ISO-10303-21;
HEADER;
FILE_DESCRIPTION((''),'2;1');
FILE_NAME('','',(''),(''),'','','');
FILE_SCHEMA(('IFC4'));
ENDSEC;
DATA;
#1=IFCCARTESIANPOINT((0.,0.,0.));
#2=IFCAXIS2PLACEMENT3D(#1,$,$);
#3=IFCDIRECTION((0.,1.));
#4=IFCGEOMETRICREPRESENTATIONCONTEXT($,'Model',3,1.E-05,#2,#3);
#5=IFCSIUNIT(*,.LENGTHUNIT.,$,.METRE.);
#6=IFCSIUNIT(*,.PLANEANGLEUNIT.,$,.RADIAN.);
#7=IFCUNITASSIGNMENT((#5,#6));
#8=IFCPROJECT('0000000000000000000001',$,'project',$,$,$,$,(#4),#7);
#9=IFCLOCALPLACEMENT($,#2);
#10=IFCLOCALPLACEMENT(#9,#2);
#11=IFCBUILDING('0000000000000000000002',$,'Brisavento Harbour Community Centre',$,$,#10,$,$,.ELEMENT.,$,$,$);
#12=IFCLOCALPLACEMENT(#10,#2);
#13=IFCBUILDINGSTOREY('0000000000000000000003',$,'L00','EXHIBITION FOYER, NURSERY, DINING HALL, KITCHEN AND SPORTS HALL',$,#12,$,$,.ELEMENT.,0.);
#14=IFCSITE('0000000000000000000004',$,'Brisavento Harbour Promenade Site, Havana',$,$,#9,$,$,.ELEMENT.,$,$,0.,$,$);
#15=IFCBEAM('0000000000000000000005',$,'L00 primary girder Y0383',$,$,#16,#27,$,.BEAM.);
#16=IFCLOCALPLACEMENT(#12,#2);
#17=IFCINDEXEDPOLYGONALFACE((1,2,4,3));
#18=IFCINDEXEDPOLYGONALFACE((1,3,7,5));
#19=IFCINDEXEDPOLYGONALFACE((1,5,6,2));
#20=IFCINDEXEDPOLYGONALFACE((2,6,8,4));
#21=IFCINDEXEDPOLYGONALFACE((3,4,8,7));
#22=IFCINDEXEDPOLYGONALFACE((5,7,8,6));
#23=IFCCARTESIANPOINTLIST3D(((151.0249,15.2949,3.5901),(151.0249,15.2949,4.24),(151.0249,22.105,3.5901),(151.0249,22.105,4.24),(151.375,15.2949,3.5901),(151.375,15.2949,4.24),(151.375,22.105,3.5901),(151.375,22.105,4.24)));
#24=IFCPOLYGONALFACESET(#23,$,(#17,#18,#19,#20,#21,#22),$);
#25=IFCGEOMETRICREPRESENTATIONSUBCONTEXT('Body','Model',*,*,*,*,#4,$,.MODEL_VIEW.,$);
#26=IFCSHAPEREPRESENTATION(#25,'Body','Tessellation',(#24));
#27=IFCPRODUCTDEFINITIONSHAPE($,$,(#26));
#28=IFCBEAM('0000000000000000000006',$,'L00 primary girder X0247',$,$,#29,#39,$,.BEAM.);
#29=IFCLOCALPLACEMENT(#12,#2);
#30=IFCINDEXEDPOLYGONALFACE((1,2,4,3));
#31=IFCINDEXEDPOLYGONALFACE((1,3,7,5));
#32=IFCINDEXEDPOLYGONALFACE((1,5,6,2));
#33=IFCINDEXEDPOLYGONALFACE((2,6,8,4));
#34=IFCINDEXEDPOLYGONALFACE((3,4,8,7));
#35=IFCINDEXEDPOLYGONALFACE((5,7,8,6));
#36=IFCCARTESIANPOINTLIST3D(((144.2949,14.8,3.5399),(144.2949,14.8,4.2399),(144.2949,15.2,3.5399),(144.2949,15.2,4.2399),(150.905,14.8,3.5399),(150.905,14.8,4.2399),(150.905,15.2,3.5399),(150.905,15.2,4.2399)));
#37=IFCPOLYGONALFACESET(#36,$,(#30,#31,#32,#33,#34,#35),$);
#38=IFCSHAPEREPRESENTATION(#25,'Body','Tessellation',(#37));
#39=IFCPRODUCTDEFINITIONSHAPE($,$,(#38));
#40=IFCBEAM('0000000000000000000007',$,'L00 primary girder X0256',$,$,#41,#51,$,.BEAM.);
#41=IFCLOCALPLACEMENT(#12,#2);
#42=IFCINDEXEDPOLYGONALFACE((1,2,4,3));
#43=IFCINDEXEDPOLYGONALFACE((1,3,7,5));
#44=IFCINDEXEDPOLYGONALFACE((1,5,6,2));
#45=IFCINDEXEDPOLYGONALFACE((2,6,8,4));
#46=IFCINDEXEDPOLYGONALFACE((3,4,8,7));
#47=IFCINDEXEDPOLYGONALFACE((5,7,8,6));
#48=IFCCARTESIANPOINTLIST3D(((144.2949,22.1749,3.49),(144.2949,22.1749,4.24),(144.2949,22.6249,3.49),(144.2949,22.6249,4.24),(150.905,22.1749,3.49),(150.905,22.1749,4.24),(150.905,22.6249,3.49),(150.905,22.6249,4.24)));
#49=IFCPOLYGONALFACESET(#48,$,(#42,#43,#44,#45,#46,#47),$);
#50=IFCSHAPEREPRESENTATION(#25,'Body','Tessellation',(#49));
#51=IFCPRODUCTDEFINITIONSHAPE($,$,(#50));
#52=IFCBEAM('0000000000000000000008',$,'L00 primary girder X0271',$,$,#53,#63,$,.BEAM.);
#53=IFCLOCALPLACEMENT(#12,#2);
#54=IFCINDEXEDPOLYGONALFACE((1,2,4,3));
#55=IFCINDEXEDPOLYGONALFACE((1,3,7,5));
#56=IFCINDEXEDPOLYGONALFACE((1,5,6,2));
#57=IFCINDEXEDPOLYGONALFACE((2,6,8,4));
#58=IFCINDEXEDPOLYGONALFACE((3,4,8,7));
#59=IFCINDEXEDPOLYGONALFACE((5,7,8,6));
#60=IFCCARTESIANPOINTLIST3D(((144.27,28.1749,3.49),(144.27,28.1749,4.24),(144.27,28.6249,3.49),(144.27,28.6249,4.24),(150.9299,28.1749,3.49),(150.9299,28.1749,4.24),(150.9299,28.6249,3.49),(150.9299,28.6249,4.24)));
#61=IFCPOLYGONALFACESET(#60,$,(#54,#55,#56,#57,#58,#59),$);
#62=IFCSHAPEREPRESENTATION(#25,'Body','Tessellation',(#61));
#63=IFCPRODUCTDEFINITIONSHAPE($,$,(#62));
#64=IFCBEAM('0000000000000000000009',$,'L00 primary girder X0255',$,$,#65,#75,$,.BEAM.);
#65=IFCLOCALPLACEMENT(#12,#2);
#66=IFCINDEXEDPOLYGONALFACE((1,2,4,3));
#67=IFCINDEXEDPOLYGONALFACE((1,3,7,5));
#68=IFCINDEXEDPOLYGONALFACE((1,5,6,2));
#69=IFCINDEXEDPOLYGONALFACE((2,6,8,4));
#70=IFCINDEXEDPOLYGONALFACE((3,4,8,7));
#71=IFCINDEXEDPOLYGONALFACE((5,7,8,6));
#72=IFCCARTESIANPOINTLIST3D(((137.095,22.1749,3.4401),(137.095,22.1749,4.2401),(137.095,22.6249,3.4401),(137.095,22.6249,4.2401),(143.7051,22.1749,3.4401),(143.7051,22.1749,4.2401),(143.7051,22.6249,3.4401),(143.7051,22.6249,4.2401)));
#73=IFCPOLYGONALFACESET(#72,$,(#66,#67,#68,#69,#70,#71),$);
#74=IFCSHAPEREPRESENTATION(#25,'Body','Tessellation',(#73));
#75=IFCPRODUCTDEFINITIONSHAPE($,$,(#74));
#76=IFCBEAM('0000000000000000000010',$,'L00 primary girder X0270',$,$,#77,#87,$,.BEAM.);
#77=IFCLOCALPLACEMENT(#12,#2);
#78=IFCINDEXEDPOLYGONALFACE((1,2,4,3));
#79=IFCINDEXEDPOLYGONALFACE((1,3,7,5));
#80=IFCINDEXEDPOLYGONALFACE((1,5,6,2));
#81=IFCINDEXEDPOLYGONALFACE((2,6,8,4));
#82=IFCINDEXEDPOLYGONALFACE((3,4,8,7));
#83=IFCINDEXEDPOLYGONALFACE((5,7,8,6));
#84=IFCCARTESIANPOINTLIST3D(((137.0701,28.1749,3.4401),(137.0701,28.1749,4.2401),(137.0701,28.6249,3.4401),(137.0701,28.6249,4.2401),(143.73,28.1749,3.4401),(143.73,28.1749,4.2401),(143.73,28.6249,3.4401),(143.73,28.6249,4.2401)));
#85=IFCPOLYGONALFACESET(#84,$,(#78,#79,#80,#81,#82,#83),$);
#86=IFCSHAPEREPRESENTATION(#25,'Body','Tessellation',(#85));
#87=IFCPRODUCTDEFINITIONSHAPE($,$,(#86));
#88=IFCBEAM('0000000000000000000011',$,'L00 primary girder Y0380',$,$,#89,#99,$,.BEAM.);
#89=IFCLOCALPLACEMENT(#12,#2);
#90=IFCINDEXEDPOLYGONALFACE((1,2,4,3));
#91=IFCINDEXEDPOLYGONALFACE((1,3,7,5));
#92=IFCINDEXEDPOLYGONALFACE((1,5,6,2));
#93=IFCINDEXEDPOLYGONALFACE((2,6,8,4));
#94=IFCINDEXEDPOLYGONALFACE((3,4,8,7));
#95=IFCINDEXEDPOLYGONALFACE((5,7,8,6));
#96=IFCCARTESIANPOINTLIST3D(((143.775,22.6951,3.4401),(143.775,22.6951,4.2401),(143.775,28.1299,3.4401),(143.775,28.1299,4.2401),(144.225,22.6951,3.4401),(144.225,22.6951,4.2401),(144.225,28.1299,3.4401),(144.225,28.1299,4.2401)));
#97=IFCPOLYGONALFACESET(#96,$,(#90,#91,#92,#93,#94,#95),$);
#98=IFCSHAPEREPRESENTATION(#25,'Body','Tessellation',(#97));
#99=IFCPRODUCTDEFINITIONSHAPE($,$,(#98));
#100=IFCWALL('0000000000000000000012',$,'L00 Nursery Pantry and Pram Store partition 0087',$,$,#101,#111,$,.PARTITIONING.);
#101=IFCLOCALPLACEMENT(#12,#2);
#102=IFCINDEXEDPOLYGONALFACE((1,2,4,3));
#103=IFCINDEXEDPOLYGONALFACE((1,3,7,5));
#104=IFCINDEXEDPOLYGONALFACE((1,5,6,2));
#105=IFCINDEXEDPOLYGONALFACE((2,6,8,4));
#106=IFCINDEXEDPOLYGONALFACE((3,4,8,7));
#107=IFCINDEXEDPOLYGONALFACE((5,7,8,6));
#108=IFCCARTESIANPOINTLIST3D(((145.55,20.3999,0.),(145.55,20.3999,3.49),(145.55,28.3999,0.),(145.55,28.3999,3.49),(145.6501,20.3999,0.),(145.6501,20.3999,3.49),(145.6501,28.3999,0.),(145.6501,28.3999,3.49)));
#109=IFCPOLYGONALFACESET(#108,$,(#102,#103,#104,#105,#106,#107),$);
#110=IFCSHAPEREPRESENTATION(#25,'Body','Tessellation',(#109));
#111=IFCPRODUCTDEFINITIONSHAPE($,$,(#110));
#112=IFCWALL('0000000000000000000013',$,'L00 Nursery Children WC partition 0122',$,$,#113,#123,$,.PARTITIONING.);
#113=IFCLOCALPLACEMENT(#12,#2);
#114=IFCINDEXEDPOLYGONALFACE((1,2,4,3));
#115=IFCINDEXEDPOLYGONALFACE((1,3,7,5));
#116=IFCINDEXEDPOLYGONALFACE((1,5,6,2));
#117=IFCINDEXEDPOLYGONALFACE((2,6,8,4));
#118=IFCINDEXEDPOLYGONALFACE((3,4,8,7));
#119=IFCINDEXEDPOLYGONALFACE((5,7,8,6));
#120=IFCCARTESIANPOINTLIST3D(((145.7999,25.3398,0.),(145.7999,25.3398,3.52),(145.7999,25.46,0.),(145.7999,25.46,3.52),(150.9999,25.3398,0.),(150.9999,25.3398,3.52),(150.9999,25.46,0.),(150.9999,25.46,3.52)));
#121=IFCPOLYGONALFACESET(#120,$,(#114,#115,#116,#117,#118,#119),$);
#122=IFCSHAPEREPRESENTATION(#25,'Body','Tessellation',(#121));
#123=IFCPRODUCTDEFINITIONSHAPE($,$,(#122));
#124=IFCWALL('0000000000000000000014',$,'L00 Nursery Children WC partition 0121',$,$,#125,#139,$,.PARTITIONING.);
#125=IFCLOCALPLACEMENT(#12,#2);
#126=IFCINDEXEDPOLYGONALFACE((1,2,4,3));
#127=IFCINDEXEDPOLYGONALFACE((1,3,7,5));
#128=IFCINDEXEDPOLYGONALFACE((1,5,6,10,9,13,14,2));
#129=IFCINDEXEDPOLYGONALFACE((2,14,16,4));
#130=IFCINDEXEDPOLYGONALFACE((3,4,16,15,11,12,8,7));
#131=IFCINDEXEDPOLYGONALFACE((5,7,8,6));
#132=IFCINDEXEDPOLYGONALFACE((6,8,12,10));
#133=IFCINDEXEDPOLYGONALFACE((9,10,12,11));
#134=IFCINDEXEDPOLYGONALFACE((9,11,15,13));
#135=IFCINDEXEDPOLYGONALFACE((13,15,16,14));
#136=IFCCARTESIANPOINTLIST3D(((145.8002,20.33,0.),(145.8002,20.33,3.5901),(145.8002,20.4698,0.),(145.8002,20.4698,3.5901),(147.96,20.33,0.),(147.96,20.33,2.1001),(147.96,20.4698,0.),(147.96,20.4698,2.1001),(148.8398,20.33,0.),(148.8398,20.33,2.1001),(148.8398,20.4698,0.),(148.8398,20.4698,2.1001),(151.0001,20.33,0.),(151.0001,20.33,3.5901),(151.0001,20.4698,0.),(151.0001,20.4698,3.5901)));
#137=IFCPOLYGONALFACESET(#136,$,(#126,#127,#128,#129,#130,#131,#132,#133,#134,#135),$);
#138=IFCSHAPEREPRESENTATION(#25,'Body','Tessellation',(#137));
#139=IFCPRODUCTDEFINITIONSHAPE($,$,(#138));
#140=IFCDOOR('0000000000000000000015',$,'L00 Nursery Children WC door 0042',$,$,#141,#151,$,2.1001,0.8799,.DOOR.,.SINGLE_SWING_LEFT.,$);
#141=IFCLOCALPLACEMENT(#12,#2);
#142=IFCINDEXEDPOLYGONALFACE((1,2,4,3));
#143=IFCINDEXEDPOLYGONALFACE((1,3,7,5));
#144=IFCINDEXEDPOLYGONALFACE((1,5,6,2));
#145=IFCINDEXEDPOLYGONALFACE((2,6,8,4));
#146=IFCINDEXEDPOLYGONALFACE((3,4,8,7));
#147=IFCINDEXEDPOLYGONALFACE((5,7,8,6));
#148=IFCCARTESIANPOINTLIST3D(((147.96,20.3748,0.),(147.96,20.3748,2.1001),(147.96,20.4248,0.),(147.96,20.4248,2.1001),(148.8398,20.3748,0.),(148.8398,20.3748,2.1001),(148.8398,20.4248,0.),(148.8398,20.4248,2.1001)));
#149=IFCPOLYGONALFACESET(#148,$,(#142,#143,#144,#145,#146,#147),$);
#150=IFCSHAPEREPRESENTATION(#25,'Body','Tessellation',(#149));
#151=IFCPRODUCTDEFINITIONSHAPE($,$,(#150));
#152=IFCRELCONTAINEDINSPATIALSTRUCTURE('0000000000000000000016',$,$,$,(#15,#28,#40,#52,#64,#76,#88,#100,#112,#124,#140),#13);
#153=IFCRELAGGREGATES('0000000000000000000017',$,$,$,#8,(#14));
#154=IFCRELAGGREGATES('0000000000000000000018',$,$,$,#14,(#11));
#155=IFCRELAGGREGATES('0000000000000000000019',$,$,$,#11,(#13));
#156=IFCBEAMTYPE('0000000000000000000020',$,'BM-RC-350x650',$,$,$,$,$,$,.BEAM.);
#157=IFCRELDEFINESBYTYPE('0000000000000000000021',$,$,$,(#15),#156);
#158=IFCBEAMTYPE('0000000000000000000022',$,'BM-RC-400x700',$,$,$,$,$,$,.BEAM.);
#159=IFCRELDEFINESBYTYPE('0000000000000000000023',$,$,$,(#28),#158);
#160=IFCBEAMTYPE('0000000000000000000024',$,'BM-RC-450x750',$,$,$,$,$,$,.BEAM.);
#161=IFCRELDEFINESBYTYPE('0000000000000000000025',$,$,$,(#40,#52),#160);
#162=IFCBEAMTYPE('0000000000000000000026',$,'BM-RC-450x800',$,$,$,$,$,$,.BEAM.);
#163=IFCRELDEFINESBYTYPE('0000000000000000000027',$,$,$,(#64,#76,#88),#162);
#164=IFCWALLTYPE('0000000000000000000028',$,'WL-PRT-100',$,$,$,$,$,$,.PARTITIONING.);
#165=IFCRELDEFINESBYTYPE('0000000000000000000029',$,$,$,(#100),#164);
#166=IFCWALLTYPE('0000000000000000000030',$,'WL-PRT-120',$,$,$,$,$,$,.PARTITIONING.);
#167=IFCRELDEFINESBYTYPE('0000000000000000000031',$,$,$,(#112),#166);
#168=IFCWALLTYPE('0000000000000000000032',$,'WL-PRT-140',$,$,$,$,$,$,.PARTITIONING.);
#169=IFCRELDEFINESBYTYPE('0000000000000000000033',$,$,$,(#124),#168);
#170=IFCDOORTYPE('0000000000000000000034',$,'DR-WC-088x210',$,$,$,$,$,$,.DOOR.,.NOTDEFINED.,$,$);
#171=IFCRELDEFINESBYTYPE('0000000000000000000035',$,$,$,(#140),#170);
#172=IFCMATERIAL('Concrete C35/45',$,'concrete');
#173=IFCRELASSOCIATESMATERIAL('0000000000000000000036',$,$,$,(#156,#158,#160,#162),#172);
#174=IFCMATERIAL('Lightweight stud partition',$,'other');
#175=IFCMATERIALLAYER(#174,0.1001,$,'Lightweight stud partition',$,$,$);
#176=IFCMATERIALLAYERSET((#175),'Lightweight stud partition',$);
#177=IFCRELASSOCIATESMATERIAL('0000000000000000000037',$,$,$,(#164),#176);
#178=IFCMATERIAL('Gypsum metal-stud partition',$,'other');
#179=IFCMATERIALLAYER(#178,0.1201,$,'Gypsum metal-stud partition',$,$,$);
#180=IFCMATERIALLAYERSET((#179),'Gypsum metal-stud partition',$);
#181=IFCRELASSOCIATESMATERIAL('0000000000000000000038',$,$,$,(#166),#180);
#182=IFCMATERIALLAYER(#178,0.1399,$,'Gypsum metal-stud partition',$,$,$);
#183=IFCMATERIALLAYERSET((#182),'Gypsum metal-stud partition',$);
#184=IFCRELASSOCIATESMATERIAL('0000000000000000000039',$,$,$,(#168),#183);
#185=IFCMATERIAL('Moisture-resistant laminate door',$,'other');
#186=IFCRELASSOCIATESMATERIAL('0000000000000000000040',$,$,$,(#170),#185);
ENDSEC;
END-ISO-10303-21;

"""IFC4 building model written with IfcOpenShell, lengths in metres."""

from ifc_helpers import new_model, si_unit, direction, frame, frame_2d, origin, origin_2d, place, context, subcontext, project, spatial, rectangle, extrude, material, layer, layer_set, material_profile, profile_set, type_object, element, fill, save


model = new_model("IFC4")

# Units and contexts
model_context = context("Model", 3, precision=1e-05, world=origin(), true_north=direction((0.0, 1.0)))
body_context = subcontext(model_context, "Body", "Model", "MODEL_VIEW")
ifc_project = project(units=[si_unit("LENGTHUNIT", "METRE"), si_unit("PLANEANGLEUNIT", "RADIAN")], contexts=[model_context])

# Site, building, storey
site_placement = place(None, origin())
site = spatial("IfcSite", under=ifc_project, at=site_placement, Name="Brisavento Harbour Promenade Site, Havana", CompositionType="ELEMENT", RefElevation=0.0)
building_placement = place(site_placement, origin())
building = spatial("IfcBuilding", under=site, at=building_placement, Name="Brisavento Harbour Community Centre", CompositionType="ELEMENT")
storey_placement = place(building_placement, origin())
storey = spatial("IfcBuildingStorey", under=building, at=storey_placement, Name="L00", Description="EXHIBITION FOYER, NURSERY, DINING HALL, KITCHEN AND SPORTS HALL", CompositionType="ELEMENT", Elevation=0.0)

# Shared definitions
ifc_material_1 = material(Name="Concrete C35/45", Category="concrete")

# Beams
ifc_material_profile_1 = material_profile(ifc_material_1, rectangle(XDim=0.3501, YDim=0.6499, at=origin_2d()), Name="Concrete C35/45")
ifc_profile_set_1 = profile_set([ifc_material_profile_1], Name="Concrete C35/45")
beam_type_1 = type_object("IfcBeamType", Name="BM-RC-350x650", PredefinedType="BEAM", material=ifc_profile_set_1)
beam_1_placement = place(storey_placement, frame((151.2, 15.2949, 3.915), z_axis=(0.0, 1.0, 0.0), x_axis=(-1.0, 0.0, 0.0)))
element("IfcBeam", 1, at=beam_1_placement, inside=storey, type_object=beam_type_1, Name="L00 primary girder Y0383", PredefinedType="BEAM", context=body_context, shape_type="SweptSolid", body=[
    extrude(rectangle(XDim=0.3501, YDim=0.6499, at=origin_2d()), origin(), (0.0, 0.0, 1.0), 6.8101),
])
ifc_material_profile_2 = material_profile(ifc_material_1, rectangle(XDim=0.3999, YDim=0.7, at=origin_2d()), Name="Concrete C35/45")
ifc_profile_set_2 = profile_set([ifc_material_profile_2], Name="Concrete C35/45")
beam_type_2 = type_object("IfcBeamType", Name="BM-RC-400x700", PredefinedType="BEAM", material=ifc_profile_set_2)
beam_2_placement = place(storey_placement, frame((144.2949, 15.0, 3.8899), z_axis=(1.0, 0.0, 0.0), x_axis=(0.0, 1.0, 0.0)))
element("IfcBeam", 2, at=beam_2_placement, inside=storey, type_object=beam_type_2, Name="L00 primary girder X0247", PredefinedType="BEAM", context=body_context, shape_type="SweptSolid", body=[
    extrude(rectangle(XDim=0.3999, YDim=0.7, at=origin_2d()), origin(), (0.0, 0.0, 1.0), 6.6101),
])
ifc_material_profile_3 = material_profile(ifc_material_1, rectangle(XDim=0.45, YDim=0.75, at=origin_2d()), Name="Concrete C35/45")
ifc_profile_set_3 = profile_set([ifc_material_profile_3], Name="Concrete C35/45")
beam_type_3 = type_object("IfcBeamType", Name="BM-RC-450x750", PredefinedType="BEAM", material=ifc_profile_set_3)
beam_3_placement = place(storey_placement, frame((144.2949, 22.3999, 3.865), z_axis=(1.0, 0.0, 0.0), x_axis=(0.0, 1.0, 0.0)))
element("IfcBeam", 3, at=beam_3_placement, inside=storey, type_object=beam_type_3, Name="L00 primary girder X0256", PredefinedType="BEAM", context=body_context, shape_type="SweptSolid", body=[
    extrude(rectangle(XDim=0.45, YDim=0.75, at=origin_2d()), origin(), (0.0, 0.0, 1.0), 6.6101),
])
beam_4_placement = place(storey_placement, frame((144.27, 28.3999, 3.865), z_axis=(1.0, 0.0, 0.0), x_axis=(0.0, 1.0, 0.0)))
element("IfcBeam", 4, at=beam_4_placement, inside=storey, type_object=beam_type_3, Name="L00 primary girder X0271", PredefinedType="BEAM", context=body_context, shape_type="SweptSolid", body=[
    extrude(rectangle(XDim=0.45, YDim=0.75, at=origin_2d()), origin(), (0.0, 0.0, 1.0), 6.6599),
])
ifc_material_profile_4 = material_profile(ifc_material_1, rectangle(XDim=0.45, YDim=0.8, at=origin_2d()), Name="Concrete C35/45")
ifc_profile_set_4 = profile_set([ifc_material_profile_4], Name="Concrete C35/45")
beam_type_4 = type_object("IfcBeamType", Name="BM-RC-450x800", PredefinedType="BEAM", material=ifc_profile_set_4)
beam_5_placement = place(storey_placement, frame((137.095, 22.3999, 3.8401), z_axis=(1.0, 0.0, 0.0), x_axis=(0.0, 1.0, 0.0)))
element("IfcBeam", 5, at=beam_5_placement, inside=storey, type_object=beam_type_4, Name="L00 primary girder X0255", PredefinedType="BEAM", context=body_context, shape_type="SweptSolid", body=[
    extrude(rectangle(XDim=0.45, YDim=0.8, at=origin_2d()), origin(), (0.0, 0.0, 1.0), 6.6101),
])
beam_6_placement = place(storey_placement, frame((137.0701, 28.3999, 3.8401), z_axis=(1.0, 0.0, 0.0), x_axis=(0.0, 1.0, 0.0)))
element("IfcBeam", 6, at=beam_6_placement, inside=storey, type_object=beam_type_4, Name="L00 primary girder X0270", PredefinedType="BEAM", context=body_context, shape_type="SweptSolid", body=[
    extrude(rectangle(XDim=0.45, YDim=0.8, at=origin_2d()), origin(), (0.0, 0.0, 1.0), 6.6599),
])
beam_7_placement = place(storey_placement, frame((144.0, 22.6951, 3.8401), z_axis=(0.0, 1.0, 0.0), x_axis=(-1.0, 0.0, 0.0)))
element("IfcBeam", 7, at=beam_7_placement, inside=storey, type_object=beam_type_4, Name="L00 primary girder Y0380", PredefinedType="BEAM", context=body_context, shape_type="SweptSolid", body=[
    extrude(rectangle(XDim=0.45, YDim=0.8, at=origin_2d()), origin(), (0.0, 0.0, 1.0), 5.4348),
])

# Walls
ifc_material_2 = material(Name="Lightweight stud partition", Category="other")
ifc_layer_1 = layer(ifc_material_2, 0.1001, Name="Lightweight stud partition")
ifc_layer_set_1 = layer_set([ifc_layer_1], Name="Lightweight stud partition")
wall_type_1 = type_object("IfcWallType", Name="WL-PRT-100", PredefinedType="PARTITIONING", material=ifc_layer_set_1)
wall_1_placement = place(storey_placement, frame((145.6001, 20.3999, 0.0), z_axis=(0.0, 0.0, 1.0), x_axis=(0.0, 1.0, 0.0)))
element("IfcWall", 8, at=wall_1_placement, inside=storey, type_object=wall_type_1, Name="L00 Nursery Pantry and Pram Store partition 0087", PredefinedType="PARTITIONING", context=body_context, shape_type="SweptSolid", body=[
    extrude(rectangle(XDim=8.0, YDim=0.1001, at=frame_2d((4.0, 0.0))), origin(), (0.0, 0.0, 1.0), 3.49),
])
ifc_material_3 = material(Name="Gypsum metal-stud partition", Category="other")
ifc_layer_2 = layer(ifc_material_3, 0.1201, Name="Gypsum metal-stud partition")
ifc_layer_set_2 = layer_set([ifc_layer_2], Name="Gypsum metal-stud partition")
wall_type_2 = type_object("IfcWallType", Name="WL-PRT-120", PredefinedType="PARTITIONING", material=ifc_layer_set_2)
wall_2_placement = place(storey_placement, frame((151.0, 25.3999, 0.0), z_axis=(0.0, 0.0, 1.0), x_axis=(-1.0, 0.0, 0.0)))
element("IfcWall", 9, at=wall_2_placement, inside=storey, type_object=wall_type_2, Name="L00 Nursery Children WC partition 0122", PredefinedType="PARTITIONING", context=body_context, shape_type="SweptSolid", body=[
    extrude(rectangle(XDim=5.2, YDim=0.1201, at=frame_2d((2.6001, 0.0))), origin(), (0.0, 0.0, 1.0), 3.52),
])

# Wall, opening, door
ifc_layer_3 = layer(ifc_material_3, 0.1399, Name="Gypsum metal-stud partition")
ifc_layer_set_3 = layer_set([ifc_layer_3], Name="Gypsum metal-stud partition")
wall_type_3 = type_object("IfcWallType", Name="WL-PRT-140", PredefinedType="PARTITIONING", material=ifc_layer_set_3)
wall_3_placement = place(storey_placement, frame((145.8, 20.3999, 0.0), z_axis=(0.0, 0.0, 1.0), x_axis=(1.0, 0.0, 0.0)))
wall_3 = element("IfcWall", 10, at=wall_3_placement, inside=storey, type_object=wall_type_3, Name="L00 Nursery Children WC partition 0121", PredefinedType="PARTITIONING", context=body_context, shape_type="SweptSolid", body=[
    extrude(rectangle(XDim=5.2, YDim=0.1399, at=frame_2d((2.6001, 0.0))), origin(), (0.0, 0.0, 1.0), 3.5901),
])
opening_1_placement = place(wall_3_placement, frame((2.1599, 0.0, 0.0)))
opening_1 = element("IfcOpeningElement", 11, at=opening_1_placement, cuts=wall_3, PredefinedType="OPENING", context=body_context, shape_type="SweptSolid", body=[
    extrude(rectangle(XDim=0.8799, YDim=2.1001, at=frame_2d((0.4399, 1.05))), frame((0.0, 0.0801, 0.0), z_axis=(0.0, -1.0, 0.0), x_axis=(1.0, 0.0, 0.0)), (0.0, 0.0, 1.0), 0.1599),
])
ifc_material_4 = material(Name="Moisture-resistant laminate door", Category="other")
door_type_1 = type_object("IfcDoorType", Name="DR-WC-088x210", OperationType="NOTDEFINED", PredefinedType="DOOR", material=ifc_material_4)
door_1_placement = place(opening_1_placement, origin())
door_1 = element("IfcDoor", 12, at=door_1_placement, inside=storey, type_object=door_type_1, Name="L00 Nursery Children WC door 0042", OperationType="SINGLE_SWING_LEFT", OverallHeight=2.1001, OverallWidth=0.8799, PredefinedType="DOOR", context=body_context, shape_type="SweptSolid", body=[
    extrude(rectangle(XDim=0.8799, YDim=2.1001, at=frame_2d((0.4399, 1.05))), frame((0.0, 0.0249, 0.0), z_axis=(0.0, -1.0, 0.0), x_axis=(1.0, 0.0, 0.0)), (0.0, 0.0, 1.0), 0.05),
])
fill(opening_1, door_1)

save(model, "model.ifc")
